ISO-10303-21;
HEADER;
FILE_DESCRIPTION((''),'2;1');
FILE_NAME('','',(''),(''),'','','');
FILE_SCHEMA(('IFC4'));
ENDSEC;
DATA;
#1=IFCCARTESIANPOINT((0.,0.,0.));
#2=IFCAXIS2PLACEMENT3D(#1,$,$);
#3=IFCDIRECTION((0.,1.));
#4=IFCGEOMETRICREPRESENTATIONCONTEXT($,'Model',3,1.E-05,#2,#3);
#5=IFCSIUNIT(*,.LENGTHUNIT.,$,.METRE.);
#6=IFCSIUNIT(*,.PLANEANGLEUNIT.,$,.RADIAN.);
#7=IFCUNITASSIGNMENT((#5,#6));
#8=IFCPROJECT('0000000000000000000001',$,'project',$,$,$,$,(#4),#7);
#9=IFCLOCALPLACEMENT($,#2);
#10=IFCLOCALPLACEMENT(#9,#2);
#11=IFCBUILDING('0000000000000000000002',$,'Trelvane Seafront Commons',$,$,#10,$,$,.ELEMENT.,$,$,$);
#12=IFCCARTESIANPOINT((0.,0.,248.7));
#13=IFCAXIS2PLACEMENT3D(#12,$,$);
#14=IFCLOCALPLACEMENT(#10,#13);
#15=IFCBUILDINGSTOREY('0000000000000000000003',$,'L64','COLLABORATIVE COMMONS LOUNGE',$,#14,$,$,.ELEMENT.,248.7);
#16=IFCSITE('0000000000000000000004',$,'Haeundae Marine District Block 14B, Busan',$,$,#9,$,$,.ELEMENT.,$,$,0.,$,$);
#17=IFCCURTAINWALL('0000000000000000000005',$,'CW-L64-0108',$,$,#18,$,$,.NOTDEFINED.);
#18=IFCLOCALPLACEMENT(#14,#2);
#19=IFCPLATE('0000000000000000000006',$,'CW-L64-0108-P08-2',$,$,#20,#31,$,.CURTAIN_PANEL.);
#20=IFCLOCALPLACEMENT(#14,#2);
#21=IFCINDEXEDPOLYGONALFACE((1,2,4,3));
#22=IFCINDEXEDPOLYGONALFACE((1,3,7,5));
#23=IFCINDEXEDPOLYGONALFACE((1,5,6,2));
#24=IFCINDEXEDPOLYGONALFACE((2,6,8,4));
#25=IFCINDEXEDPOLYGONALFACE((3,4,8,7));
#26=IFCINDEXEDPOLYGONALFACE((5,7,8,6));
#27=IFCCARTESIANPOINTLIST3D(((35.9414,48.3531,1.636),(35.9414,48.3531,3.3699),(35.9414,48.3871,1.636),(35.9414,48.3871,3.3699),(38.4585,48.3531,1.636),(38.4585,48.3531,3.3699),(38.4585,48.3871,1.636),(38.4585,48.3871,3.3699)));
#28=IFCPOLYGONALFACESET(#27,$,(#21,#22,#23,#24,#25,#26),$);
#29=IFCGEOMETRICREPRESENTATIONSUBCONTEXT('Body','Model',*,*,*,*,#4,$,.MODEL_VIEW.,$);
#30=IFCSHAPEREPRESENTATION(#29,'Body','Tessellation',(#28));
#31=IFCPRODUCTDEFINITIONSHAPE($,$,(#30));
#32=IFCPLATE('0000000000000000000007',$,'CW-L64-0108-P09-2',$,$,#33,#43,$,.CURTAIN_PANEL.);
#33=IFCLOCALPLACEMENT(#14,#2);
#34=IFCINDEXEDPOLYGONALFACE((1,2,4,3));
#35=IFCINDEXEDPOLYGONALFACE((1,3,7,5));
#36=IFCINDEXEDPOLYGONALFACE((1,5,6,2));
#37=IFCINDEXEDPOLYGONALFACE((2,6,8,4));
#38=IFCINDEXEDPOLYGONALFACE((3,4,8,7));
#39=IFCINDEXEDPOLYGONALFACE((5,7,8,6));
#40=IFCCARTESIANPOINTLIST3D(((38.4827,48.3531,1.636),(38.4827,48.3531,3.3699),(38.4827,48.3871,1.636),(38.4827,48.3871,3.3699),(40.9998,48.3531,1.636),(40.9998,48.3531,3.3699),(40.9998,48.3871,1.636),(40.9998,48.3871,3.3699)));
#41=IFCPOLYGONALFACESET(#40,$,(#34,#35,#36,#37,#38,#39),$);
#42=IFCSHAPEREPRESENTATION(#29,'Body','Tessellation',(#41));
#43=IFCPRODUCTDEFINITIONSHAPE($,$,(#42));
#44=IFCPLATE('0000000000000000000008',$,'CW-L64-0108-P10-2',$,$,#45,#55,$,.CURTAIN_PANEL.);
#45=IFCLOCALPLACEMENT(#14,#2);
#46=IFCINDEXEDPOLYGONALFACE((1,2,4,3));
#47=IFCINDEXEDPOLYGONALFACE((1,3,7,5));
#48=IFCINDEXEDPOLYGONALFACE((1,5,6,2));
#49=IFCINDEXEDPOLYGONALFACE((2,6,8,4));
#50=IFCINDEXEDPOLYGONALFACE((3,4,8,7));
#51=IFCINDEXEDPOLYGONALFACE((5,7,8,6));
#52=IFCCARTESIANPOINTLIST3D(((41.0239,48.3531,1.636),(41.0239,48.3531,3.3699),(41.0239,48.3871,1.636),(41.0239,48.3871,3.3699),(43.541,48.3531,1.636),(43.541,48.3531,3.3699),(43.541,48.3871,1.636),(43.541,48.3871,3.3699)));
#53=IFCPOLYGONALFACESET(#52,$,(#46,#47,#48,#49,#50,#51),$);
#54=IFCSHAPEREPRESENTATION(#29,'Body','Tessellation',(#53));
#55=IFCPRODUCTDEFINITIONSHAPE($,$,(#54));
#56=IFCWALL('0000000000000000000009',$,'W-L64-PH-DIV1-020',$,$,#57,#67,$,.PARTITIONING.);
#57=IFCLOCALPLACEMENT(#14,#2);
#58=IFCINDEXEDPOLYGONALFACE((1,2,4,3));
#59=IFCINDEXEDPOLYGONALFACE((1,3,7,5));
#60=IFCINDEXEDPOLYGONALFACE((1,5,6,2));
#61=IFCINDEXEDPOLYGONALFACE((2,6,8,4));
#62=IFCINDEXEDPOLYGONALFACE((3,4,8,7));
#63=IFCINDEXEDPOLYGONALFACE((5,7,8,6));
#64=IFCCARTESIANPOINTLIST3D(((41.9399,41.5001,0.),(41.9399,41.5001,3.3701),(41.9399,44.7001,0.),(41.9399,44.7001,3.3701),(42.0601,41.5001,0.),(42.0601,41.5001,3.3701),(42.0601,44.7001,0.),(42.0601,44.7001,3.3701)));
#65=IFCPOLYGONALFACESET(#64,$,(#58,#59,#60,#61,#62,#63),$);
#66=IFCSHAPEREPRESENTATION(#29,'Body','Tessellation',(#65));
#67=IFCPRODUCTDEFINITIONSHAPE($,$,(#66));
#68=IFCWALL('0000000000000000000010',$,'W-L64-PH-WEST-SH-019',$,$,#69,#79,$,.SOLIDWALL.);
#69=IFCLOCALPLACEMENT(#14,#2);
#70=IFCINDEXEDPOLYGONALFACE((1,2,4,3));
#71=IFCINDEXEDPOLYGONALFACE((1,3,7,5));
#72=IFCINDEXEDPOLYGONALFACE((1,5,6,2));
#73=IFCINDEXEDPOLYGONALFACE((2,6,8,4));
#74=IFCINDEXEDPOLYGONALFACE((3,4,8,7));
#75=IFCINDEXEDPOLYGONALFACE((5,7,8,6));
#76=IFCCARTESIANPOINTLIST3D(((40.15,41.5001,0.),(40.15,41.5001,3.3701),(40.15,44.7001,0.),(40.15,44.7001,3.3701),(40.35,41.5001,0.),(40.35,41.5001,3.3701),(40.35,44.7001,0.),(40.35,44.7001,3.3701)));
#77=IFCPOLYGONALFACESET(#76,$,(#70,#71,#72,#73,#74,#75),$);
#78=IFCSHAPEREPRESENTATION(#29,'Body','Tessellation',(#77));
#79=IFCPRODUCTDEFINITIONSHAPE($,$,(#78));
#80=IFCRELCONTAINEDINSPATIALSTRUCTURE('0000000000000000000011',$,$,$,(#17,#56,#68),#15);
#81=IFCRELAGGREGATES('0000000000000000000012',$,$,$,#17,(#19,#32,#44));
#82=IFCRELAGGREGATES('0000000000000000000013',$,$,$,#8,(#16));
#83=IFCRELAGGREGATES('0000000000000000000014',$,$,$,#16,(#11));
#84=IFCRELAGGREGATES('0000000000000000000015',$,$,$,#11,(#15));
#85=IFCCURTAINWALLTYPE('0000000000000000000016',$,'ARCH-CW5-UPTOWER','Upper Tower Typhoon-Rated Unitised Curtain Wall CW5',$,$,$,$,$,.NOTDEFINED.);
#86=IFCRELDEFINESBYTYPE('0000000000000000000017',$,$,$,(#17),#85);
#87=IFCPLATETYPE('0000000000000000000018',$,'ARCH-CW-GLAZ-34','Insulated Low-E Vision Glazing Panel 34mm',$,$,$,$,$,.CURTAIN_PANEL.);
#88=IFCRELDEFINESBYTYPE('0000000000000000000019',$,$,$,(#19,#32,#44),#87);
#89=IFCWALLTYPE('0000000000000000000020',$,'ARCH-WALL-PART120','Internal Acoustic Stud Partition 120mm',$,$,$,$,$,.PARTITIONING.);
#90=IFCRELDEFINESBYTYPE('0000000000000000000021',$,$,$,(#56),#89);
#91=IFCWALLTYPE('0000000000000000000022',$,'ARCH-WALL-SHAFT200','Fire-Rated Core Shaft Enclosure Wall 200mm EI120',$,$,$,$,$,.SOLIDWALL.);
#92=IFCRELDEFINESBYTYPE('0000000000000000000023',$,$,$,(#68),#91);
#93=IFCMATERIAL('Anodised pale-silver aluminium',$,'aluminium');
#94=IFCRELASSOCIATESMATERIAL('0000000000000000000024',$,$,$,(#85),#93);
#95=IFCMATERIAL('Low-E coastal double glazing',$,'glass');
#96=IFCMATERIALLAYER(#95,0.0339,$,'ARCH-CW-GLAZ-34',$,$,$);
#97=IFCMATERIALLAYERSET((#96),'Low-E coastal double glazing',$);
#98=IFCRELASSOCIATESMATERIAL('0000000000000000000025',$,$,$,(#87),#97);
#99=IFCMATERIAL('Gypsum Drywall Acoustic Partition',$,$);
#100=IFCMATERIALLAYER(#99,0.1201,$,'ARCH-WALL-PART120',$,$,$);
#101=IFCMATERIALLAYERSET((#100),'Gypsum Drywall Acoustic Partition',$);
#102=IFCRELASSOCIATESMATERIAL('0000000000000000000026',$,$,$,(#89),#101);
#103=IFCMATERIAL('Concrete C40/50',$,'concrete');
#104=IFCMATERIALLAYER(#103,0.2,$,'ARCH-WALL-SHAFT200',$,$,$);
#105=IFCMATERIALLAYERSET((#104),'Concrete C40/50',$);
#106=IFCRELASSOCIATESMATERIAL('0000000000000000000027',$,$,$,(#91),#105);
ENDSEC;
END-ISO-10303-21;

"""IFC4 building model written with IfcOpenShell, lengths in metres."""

from ifc_helpers import new_model, si_unit, direction, frame, frame_2d, origin, origin_2d, place, context, subcontext, project, spatial, rectangle, extrude, source, transform, mapped, material, layer, layer_set, type_object, element, aggregate, save


model = new_model("IFC4")

# Units and contexts
model_context = context("Model", 3, precision=1e-05, world=origin(), true_north=direction((0.0, 1.0)))
body_context = subcontext(model_context, "Body", "Model", "MODEL_VIEW")
ifc_project = project(units=[si_unit("LENGTHUNIT", "METRE"), si_unit("PLANEANGLEUNIT", "RADIAN")], contexts=[model_context])

# Site, building, storey
site_placement = place(None, origin())
site = spatial("IfcSite", under=ifc_project, at=site_placement, Name="Haeundae Marine District Block 14B, Busan", CompositionType="ELEMENT", RefElevation=0.0)
building_placement = place(site_placement, origin())
building = spatial("IfcBuilding", under=site, at=building_placement, Name="Trelvane Seafront Commons", CompositionType="ELEMENT")
storey_placement = place(building_placement, frame((0.0, 0.0, 248.7)))
storey = spatial("IfcBuildingStorey", under=building, at=storey_placement, Name="L64", Description="COLLABORATIVE COMMONS LOUNGE", CompositionType="ELEMENT", Elevation=248.7)

# Curtain wall
ifc_material_1 = material(Name="Anodised pale-silver aluminium", Category="aluminium")
curtain_wall_type = type_object("IfcCurtainWallType", Name="ARCH-CW5-UPTOWER", Description="Upper Tower Typhoon-Rated Unitised Curtain Wall CW5", PredefinedType="NOTDEFINED", material=ifc_material_1)
curtain_wall_placement = place(storey_placement, origin())
curtain_wall = element("IfcCurtainWall", 1, at=curtain_wall_placement, inside=storey, type_object=curtain_wall_type, Name="CW-L64-0108", PredefinedType="NOTDEFINED")

# Plates
ifc_material_2 = material(Name="Low-E coastal double glazing", Category="glass")
ifc_layer_1 = layer(ifc_material_2, 0.0339, Name="ARCH-CW-GLAZ-34")
ifc_layer_set_1 = layer_set([ifc_layer_1], Name="Low-E coastal double glazing")
plate_type_1 = type_object("IfcPlateType", Name="ARCH-CW-GLAZ-34", Description="Insulated Low-E Vision Glazing Panel 34mm", PredefinedType="CURTAIN_PANEL", material=ifc_layer_set_1)
shared_shape_1 = source(origin(), body_context, "Body", "SweptSolid", [
    extrude(rectangle(XDim=2.5171, YDim=0.0339, at=origin_2d()), origin(), (0.0, 0.0, 1.0), 1.7339),
])
plate_1_placement = place(storey_placement, frame((37.2, 48.3701, 1.636), z_axis=(0.0, 0.0, 1.0), x_axis=(1.0, 0.0, 0.0)))
plate_1 = element("IfcPlate", 2, at=plate_1_placement, type_object=plate_type_1, Name="CW-L64-0108-P08-2", PredefinedType="CURTAIN_PANEL", context=body_context, shape_type="MappedRepresentation", body=[
    mapped(shared_shape_1, transform((0.0, 0.0, 0.0), x_axis=(1.0, 0.0, 0.0), y_axis=(0.0, 1.0, 0.0), z_axis=(0.0, 0.0, 1.0), scale=1.0)),
])
plate_2_placement = place(storey_placement, frame((39.7412, 48.3701, 1.636), z_axis=(0.0, 0.0, 1.0), x_axis=(1.0, 0.0, 0.0)))
plate_2 = element("IfcPlate", 3, at=plate_2_placement, type_object=plate_type_1, Name="CW-L64-0108-P09-2", PredefinedType="CURTAIN_PANEL", context=body_context, shape_type="MappedRepresentation", body=[
    mapped(shared_shape_1, transform((0.0, 0.0, 0.0), x_axis=(1.0, 0.0, 0.0), y_axis=(0.0, 1.0, 0.0), z_axis=(0.0, 0.0, 1.0), scale=1.0)),
])
plate_3_placement = place(storey_placement, frame((42.2825, 48.3701, 1.636), z_axis=(0.0, 0.0, 1.0), x_axis=(1.0, 0.0, 0.0)))
plate_3 = element("IfcPlate", 4, at=plate_3_placement, type_object=plate_type_1, Name="CW-L64-0108-P10-2", PredefinedType="CURTAIN_PANEL", context=body_context, shape_type="MappedRepresentation", body=[
    mapped(shared_shape_1, transform((0.0, 0.0, 0.0), x_axis=(1.0, 0.0, 0.0), y_axis=(0.0, 1.0, 0.0), z_axis=(0.0, 0.0, 1.0), scale=1.0)),
])
aggregate(curtain_wall, [plate_1, plate_2, plate_3])

# Wall
ifc_material_3 = material(Name="Gypsum Drywall Acoustic Partition")
ifc_layer_2 = layer(ifc_material_3, 0.1201, Name="ARCH-WALL-PART120")
ifc_layer_set_2 = layer_set([ifc_layer_2], Name="Gypsum Drywall Acoustic Partition")
wall_type_1 = type_object("IfcWallType", Name="ARCH-WALL-PART120", Description="Internal Acoustic Stud Partition 120mm", PredefinedType="PARTITIONING", material=ifc_layer_set_2)
wall_1_placement = place(storey_placement, frame((42.0, 41.5, 0.0), z_axis=(0.0, 0.0, 1.0), x_axis=(0.0, 1.0, 0.0)))
element("IfcWall", 5, at=wall_1_placement, inside=storey, type_object=wall_type_1, Name="W-L64-PH-DIV1-020", PredefinedType="PARTITIONING", context=body_context, shape_type="SweptSolid", body=[
    extrude(rectangle(XDim=3.2, YDim=0.1201, at=frame_2d((1.6001, 0.0))), origin(), (0.0, 0.0, 1.0), 3.3701),
])

# Shared definitions
ifc_material_4 = material(Name="Concrete C40/50", Category="concrete")
ifc_layer_3 = layer(ifc_material_4, 0.2, Name="ARCH-WALL-SHAFT200")
ifc_layer_set_3 = layer_set([ifc_layer_3], Name="Concrete C40/50")
wall_type_2 = type_object("IfcWallType", Name="ARCH-WALL-SHAFT200", Description="Fire-Rated Core Shaft Enclosure Wall 200mm EI120", PredefinedType="SOLIDWALL", material=ifc_layer_set_3)

# Wall
wall_2_placement = place(storey_placement, frame((40.25, 41.5, 0.0), z_axis=(0.0, 0.0, 1.0), x_axis=(0.0, 1.0, 0.0)))
element("IfcWall", 6, at=wall_2_placement, inside=storey, type_object=wall_type_2, Name="W-L64-PH-WEST-SH-019", PredefinedType="SOLIDWALL", context=body_context, shape_type="SweptSolid", body=[
    extrude(rectangle(XDim=3.2, YDim=0.2, at=frame_2d((1.6001, 0.0))), origin(), (0.0, 0.0, 1.0), 3.3701),
])

save(model, "model.ifc")
